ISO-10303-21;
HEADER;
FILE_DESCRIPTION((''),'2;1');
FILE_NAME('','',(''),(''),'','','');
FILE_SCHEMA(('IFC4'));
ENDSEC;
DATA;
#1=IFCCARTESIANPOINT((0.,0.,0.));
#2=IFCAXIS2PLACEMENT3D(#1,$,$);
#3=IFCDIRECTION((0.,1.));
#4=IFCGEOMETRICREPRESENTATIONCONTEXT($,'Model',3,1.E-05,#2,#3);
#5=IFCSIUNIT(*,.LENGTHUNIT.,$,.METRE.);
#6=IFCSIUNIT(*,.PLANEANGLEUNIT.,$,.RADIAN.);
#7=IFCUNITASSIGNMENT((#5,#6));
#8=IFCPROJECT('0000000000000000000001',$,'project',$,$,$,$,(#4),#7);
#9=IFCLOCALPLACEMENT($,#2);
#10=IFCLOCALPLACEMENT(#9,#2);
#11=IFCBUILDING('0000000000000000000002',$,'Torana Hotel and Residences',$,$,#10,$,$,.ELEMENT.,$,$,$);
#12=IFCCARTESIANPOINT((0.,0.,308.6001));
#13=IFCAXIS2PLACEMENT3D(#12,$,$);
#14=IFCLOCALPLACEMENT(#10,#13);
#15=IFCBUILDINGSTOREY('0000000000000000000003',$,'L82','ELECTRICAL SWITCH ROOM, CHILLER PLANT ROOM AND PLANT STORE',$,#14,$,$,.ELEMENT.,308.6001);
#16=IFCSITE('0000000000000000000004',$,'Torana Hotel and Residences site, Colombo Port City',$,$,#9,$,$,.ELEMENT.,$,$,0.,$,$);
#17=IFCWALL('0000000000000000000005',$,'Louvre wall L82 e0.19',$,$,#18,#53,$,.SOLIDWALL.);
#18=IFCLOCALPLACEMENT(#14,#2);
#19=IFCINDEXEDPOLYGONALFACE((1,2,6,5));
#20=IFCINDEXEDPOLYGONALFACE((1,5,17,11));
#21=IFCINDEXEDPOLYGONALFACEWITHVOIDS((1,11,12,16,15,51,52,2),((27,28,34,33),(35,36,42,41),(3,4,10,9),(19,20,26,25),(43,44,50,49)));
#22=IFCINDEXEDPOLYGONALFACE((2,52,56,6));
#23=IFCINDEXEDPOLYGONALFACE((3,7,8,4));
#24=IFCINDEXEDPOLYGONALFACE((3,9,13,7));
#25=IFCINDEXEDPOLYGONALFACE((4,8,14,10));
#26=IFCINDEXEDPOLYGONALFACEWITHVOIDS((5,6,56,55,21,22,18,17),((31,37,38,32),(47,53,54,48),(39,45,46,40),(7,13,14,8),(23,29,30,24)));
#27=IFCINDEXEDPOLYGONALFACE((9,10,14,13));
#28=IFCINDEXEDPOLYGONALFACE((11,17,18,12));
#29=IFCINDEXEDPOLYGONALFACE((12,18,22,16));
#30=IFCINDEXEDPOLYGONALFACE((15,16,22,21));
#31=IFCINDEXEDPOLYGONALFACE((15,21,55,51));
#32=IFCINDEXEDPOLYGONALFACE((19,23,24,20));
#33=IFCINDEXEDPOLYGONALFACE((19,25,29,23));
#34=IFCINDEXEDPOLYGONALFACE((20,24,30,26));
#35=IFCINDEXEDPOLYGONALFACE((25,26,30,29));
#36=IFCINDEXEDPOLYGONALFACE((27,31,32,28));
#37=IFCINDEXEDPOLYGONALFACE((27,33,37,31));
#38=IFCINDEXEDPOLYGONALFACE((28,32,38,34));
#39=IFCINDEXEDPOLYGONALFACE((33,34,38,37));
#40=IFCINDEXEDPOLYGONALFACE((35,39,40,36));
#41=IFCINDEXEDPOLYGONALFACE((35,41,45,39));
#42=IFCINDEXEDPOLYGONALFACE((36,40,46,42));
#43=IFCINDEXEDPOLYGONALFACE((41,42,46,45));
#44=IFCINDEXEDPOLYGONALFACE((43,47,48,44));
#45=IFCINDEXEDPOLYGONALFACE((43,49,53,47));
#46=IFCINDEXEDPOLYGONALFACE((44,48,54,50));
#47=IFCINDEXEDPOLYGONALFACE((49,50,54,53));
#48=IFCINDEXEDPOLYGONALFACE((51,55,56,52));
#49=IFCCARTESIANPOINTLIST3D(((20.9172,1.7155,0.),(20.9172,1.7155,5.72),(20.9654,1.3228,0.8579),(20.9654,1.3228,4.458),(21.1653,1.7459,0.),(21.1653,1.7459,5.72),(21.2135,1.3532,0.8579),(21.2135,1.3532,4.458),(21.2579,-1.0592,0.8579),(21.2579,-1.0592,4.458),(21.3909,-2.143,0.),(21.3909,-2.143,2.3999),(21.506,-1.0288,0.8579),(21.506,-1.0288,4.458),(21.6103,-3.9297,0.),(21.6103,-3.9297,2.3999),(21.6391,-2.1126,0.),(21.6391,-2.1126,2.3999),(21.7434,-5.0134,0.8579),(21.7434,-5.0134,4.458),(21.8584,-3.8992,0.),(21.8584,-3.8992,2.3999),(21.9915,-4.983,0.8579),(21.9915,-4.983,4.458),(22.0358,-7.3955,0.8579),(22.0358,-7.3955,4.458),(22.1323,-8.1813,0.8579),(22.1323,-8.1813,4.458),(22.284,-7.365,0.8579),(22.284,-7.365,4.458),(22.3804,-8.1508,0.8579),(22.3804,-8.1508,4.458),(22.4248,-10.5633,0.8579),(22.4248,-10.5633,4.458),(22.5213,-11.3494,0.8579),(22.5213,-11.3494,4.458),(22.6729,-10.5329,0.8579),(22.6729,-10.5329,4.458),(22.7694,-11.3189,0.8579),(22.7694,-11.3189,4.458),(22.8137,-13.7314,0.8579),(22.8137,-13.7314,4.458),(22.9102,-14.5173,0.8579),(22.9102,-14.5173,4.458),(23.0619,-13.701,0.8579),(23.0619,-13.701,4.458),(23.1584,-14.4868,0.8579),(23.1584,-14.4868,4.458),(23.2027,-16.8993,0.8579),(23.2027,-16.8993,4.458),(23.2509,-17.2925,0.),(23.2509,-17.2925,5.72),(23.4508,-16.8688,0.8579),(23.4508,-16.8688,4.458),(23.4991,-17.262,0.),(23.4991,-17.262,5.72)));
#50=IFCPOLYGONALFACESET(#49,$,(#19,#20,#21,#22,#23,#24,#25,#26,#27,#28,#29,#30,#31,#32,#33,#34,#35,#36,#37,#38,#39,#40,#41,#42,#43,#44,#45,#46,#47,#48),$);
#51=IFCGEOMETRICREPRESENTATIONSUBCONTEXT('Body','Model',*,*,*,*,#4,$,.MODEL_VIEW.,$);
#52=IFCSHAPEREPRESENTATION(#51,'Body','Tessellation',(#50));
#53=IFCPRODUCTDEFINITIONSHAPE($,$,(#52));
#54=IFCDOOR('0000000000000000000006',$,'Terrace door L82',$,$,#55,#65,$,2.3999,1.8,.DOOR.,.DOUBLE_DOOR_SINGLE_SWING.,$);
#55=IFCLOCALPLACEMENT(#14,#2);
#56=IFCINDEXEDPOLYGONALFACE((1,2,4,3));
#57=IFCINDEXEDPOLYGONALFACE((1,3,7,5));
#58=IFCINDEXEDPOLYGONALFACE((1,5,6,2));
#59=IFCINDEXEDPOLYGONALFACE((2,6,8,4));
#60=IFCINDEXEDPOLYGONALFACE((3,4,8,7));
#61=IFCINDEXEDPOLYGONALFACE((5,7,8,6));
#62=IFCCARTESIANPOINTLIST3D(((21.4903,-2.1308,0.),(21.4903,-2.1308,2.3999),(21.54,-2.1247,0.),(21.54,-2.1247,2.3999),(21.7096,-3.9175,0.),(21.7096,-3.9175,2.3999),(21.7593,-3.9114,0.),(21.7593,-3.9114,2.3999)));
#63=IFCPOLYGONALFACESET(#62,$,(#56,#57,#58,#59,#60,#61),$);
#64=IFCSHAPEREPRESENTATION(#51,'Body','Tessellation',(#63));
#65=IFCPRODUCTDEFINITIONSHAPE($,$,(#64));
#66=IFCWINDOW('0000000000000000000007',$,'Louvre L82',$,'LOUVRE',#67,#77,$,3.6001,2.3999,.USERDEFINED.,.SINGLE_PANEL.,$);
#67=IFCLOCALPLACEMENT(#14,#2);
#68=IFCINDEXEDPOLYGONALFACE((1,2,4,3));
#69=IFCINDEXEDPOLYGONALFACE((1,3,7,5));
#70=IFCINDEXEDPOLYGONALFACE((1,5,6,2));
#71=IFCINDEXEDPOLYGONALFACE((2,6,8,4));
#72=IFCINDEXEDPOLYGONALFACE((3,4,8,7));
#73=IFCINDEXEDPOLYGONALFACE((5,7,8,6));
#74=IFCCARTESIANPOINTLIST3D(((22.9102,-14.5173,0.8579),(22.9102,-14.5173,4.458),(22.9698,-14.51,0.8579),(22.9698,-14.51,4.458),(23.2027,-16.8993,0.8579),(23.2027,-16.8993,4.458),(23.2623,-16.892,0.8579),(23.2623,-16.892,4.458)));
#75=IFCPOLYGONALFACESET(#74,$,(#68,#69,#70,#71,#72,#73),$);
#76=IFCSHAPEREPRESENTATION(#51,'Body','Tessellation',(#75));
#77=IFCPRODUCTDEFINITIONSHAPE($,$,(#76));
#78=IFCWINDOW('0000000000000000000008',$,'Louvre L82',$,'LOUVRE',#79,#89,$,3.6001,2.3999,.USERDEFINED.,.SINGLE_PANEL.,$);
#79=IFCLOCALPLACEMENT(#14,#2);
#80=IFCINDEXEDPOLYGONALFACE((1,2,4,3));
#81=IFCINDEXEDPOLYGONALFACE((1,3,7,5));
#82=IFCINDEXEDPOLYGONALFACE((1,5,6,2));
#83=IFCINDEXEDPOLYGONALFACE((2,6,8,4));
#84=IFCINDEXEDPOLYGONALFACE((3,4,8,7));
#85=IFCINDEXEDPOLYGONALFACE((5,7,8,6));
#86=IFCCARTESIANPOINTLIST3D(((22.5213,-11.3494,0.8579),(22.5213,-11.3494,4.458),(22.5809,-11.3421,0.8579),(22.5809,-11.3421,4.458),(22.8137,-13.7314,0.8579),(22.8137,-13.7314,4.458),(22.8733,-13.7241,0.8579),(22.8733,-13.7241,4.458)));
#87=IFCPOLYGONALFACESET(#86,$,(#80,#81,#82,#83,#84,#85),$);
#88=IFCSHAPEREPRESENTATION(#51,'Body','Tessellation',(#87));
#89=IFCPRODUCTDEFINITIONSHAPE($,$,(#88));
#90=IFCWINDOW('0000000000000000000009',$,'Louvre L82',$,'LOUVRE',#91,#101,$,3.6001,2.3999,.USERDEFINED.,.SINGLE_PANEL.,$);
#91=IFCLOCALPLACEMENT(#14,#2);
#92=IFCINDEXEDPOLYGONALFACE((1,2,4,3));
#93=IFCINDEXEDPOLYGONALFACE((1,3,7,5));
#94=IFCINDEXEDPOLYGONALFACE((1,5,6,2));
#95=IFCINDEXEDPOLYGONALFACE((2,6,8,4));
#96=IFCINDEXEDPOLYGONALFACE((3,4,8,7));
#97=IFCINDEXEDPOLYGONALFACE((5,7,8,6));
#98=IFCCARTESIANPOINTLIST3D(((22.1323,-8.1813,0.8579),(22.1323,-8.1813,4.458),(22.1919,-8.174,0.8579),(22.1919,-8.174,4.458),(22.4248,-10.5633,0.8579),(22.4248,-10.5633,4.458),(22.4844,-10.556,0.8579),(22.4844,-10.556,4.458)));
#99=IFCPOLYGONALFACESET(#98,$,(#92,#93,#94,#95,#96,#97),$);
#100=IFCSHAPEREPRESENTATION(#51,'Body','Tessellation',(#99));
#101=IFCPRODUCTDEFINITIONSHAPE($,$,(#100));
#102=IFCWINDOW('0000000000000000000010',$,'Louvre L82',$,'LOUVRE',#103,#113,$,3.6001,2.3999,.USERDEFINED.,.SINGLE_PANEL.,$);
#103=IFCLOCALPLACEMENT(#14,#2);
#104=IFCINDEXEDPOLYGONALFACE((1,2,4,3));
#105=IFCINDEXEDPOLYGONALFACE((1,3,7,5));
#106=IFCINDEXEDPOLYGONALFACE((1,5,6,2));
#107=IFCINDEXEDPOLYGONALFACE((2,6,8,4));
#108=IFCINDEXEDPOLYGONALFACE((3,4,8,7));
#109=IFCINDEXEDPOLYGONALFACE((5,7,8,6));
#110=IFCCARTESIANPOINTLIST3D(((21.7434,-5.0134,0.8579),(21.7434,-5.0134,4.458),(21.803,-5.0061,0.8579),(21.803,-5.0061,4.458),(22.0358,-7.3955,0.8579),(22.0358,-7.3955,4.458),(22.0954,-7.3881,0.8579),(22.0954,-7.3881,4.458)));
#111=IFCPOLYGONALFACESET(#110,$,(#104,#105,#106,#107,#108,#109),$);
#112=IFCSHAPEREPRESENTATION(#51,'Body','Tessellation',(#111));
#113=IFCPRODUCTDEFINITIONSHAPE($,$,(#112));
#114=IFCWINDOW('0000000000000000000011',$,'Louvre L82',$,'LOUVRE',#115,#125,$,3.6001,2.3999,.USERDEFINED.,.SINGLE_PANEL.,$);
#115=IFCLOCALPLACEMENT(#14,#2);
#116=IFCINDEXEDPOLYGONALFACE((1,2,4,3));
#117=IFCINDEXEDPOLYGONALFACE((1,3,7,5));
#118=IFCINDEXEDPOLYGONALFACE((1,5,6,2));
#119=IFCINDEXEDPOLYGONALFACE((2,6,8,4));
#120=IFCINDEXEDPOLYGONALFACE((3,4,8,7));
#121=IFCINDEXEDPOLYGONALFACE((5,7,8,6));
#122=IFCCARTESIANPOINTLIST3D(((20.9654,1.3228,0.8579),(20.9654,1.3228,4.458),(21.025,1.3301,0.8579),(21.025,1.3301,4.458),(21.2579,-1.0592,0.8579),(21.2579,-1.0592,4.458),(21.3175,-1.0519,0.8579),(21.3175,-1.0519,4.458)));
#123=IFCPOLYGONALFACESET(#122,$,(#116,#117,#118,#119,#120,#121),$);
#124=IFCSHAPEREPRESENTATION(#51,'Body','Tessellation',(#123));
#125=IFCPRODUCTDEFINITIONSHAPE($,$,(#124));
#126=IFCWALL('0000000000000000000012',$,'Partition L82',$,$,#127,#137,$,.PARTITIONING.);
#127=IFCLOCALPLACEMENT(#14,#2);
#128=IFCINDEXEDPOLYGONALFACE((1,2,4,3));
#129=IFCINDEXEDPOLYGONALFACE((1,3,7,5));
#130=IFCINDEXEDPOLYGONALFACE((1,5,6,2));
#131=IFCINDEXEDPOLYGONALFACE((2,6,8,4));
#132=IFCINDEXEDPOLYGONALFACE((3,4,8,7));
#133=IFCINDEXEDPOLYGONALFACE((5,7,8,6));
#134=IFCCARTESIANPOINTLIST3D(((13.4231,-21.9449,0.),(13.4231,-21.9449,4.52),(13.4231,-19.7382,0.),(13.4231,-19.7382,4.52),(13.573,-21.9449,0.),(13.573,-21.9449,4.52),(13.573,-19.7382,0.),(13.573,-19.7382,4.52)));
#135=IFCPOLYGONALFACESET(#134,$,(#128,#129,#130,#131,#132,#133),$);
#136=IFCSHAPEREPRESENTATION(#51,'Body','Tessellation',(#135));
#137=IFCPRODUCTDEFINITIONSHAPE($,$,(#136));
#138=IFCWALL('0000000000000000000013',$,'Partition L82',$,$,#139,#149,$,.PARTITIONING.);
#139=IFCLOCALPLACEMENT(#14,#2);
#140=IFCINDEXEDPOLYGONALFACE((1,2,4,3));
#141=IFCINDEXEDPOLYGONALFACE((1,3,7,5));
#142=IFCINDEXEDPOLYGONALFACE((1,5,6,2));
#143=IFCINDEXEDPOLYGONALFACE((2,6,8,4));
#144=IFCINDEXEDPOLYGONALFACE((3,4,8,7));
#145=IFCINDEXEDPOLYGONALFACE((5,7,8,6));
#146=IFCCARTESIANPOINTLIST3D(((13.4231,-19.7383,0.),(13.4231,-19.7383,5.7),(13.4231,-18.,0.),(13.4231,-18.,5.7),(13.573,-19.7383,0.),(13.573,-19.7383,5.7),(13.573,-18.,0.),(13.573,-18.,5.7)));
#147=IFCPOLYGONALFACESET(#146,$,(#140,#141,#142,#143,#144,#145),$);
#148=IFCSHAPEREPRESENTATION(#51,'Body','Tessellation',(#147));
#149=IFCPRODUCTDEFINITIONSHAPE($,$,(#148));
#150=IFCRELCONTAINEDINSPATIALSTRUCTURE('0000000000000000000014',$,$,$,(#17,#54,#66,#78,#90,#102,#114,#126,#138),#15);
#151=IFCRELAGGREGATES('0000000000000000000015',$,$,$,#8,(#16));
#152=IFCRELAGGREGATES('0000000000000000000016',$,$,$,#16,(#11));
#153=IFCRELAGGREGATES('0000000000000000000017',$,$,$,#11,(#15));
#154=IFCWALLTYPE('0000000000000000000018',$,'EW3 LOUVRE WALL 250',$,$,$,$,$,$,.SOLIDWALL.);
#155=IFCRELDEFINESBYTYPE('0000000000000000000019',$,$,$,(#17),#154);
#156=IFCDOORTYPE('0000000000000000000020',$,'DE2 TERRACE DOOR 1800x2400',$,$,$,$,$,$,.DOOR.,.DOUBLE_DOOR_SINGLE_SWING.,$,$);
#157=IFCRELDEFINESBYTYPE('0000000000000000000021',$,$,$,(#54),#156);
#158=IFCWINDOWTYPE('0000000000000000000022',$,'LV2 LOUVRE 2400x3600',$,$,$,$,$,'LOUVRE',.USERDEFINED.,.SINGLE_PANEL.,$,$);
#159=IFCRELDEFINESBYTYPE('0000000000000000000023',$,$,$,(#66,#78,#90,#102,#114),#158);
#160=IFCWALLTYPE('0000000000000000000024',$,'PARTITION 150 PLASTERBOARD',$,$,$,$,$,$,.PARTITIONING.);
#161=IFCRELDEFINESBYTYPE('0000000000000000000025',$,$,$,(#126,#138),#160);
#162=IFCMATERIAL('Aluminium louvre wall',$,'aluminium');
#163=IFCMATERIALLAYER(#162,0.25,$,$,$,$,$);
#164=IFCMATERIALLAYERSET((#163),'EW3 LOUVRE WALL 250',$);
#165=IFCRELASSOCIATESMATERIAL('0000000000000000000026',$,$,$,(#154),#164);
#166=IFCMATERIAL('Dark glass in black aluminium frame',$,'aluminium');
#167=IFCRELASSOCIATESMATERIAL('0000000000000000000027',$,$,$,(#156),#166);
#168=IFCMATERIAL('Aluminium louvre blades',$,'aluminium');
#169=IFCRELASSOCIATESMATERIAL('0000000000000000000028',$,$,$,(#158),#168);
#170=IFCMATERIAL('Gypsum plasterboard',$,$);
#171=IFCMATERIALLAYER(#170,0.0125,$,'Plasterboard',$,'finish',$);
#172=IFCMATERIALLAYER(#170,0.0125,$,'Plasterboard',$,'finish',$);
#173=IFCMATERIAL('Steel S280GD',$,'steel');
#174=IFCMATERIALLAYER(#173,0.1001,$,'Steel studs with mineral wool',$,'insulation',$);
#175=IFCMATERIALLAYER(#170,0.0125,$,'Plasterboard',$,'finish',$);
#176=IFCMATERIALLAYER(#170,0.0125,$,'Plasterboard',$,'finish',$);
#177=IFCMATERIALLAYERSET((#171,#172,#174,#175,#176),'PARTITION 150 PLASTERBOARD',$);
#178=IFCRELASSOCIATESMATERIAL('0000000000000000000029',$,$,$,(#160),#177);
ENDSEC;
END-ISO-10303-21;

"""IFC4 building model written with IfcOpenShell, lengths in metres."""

from ifc_helpers import new_model, si_unit, direction, frame, frame_2d, origin, place, context, subcontext, project, spatial, rectangle, extrude, material, layer, layer_set, type_object, element, fill, save


model = new_model("IFC4")

# Units and contexts
model_context = context("Model", 3, precision=1e-05, world=origin(), true_north=direction((0.0, 1.0)))
body_context = subcontext(model_context, "Body", "Model", "MODEL_VIEW")
ifc_project = project(units=[si_unit("LENGTHUNIT", "METRE"), si_unit("PLANEANGLEUNIT", "RADIAN")], contexts=[model_context])

# Site, building, storey
site_placement = place(None, origin())
site = spatial("IfcSite", under=ifc_project, at=site_placement, Name="Torana Hotel and Residences site, Colombo Port City", CompositionType="ELEMENT", RefElevation=0.0)
building_placement = place(site_placement, origin())
building = spatial("IfcBuilding", under=site, at=building_placement, Name="Torana Hotel and Residences", CompositionType="ELEMENT")
storey_placement = place(building_placement, frame((0.0, 0.0, 308.6001)))
storey = spatial("IfcBuildingStorey", under=building, at=storey_placement, Name="L82", Description="ELECTRICAL SWITCH ROOM, CHILLER PLANT ROOM AND PLANT STORE", CompositionType="ELEMENT", Elevation=308.6001)

# Shared definitions
ifc_material_1 = material(Name="Aluminium louvre wall", Category="aluminium")
ifc_layer_1 = layer(ifc_material_1, 0.25)
ifc_layer_set_1 = layer_set([ifc_layer_1], Name="EW3 LOUVRE WALL 250")
wall_type_1 = type_object("IfcWallType", Name="EW3 LOUVRE WALL 250", PredefinedType="SOLIDWALL", material=ifc_layer_set_1)

# Wall, openings, door, windows
wall_1_placement = place(storey_placement, frame((23.375, -17.2771, 0.0), z_axis=(0.0, 0.0, 1.0), x_axis=(-0.121863, 0.992547, 0.0)))
wall_1 = element("IfcWall", 1, at=wall_1_placement, inside=storey, type_object=wall_type_1, Name="Louvre wall L82 e0.19", PredefinedType="SOLIDWALL", context=body_context, shape_type="SweptSolid", body=[
    extrude(rectangle(XDim=19.1506, YDim=0.25, at=frame_2d((9.5752, 0.0))), origin(), (0.0, 0.0, 1.0), 5.72),
])
opening_1_placement = place(wall_1_placement, frame((0.396, 0.0, 0.8579)))
opening_1 = element("IfcOpeningElement", 2, at=opening_1_placement, cuts=wall_1, PredefinedType="OPENING", context=body_context, shape_type="SweptSolid", body=[
    extrude(rectangle(XDim=2.3999, YDim=3.6001, at=frame_2d((1.2, 1.8))), frame((0.0, 0.135, 0.0), z_axis=(0.0, -1.0, 0.0), x_axis=(1.0, 0.0, 0.0)), (0.0, 0.0, 1.0), 0.27),
])
opening_2_placement = place(wall_1_placement, frame((3.5876, 0.0, 0.8579)))
opening_2 = element("IfcOpeningElement", 3, at=opening_2_placement, cuts=wall_1, PredefinedType="OPENING", context=body_context, shape_type="SweptSolid", body=[
    extrude(rectangle(XDim=2.3999, YDim=3.6001, at=frame_2d((1.2, 1.8))), frame((0.0, 0.135, 0.0), z_axis=(0.0, -1.0, 0.0), x_axis=(1.0, 0.0, 0.0)), (0.0, 0.0, 1.0), 0.27),
])
opening_3_placement = place(wall_1_placement, frame((6.7795, 0.0, 0.8579)))
opening_3 = element("IfcOpeningElement", 4, at=opening_3_placement, cuts=wall_1, PredefinedType="OPENING", context=body_context, shape_type="SweptSolid", body=[
    extrude(rectangle(XDim=2.3999, YDim=3.6001, at=frame_2d((1.2, 1.8))), frame((0.0, 0.135, 0.0), z_axis=(0.0, -1.0, 0.0), x_axis=(1.0, 0.0, 0.0)), (0.0, 0.0, 1.0), 0.27),
])
opening_4_placement = place(wall_1_placement, frame((9.9712, 0.0, 0.8579)))
opening_4 = element("IfcOpeningElement", 5, at=opening_4_placement, cuts=wall_1, PredefinedType="OPENING", context=body_context, shape_type="SweptSolid", body=[
    extrude(rectangle(XDim=2.3999, YDim=3.6001, at=frame_2d((1.2, 1.8))), frame((0.0, 0.135, 0.0), z_axis=(0.0, -1.0, 0.0), x_axis=(1.0, 0.0, 0.0)), (0.0, 0.0, 1.0), 0.27),
])
opening_5_placement = place(wall_1_placement, frame((13.4631, 0.0, 0.0)))
opening_5 = element("IfcOpeningElement", 6, at=opening_5_placement, cuts=wall_1, PredefinedType="OPENING", context=body_context, shape_type="SweptSolid", body=[
    extrude(rectangle(XDim=1.8, YDim=2.3999, at=frame_2d((0.8999, 1.2))), frame((0.0, 0.135, 0.0), z_axis=(0.0, -1.0, 0.0), x_axis=(1.0, 0.0, 0.0)), (0.0, 0.0, 1.0), 0.27),
])
opening_6_placement = place(wall_1_placement, frame((16.355, 0.0, 0.8579)))
opening_6 = element("IfcOpeningElement", 7, at=opening_6_placement, cuts=wall_1, PredefinedType="OPENING", context=body_context, shape_type="SweptSolid", body=[
    extrude(rectangle(XDim=2.3999, YDim=3.6001, at=frame_2d((1.2, 1.8))), frame((0.0, 0.135, 0.0), z_axis=(0.0, -1.0, 0.0), x_axis=(1.0, 0.0, 0.0)), (0.0, 0.0, 1.0), 0.27),
])
ifc_material_2 = material(Name="Dark glass in black aluminium frame", Category="aluminium")
door_type = type_object("IfcDoorType", Name="DE2 TERRACE DOOR 1800x2400", OperationType="DOUBLE_DOOR_SINGLE_SWING", PredefinedType="DOOR", material=ifc_material_2)
door_placement = place(opening_5_placement, origin())
door = element("IfcDoor", 8, at=door_placement, inside=storey, type_object=door_type, Name="Terrace door L82", OperationType="DOUBLE_DOOR_SINGLE_SWING", OverallHeight=2.3999, OverallWidth=1.8, PredefinedType="DOOR", context=body_context, shape_type="SweptSolid", body=[
    extrude(rectangle(XDim=1.8, YDim=2.3999, at=frame_2d((0.8999, 1.2))), frame((0.0, 0.0249, 0.0), z_axis=(0.0, -1.0, 0.0), x_axis=(1.0, 0.0, 0.0)), (0.0, 0.0, 1.0), 0.05),
])
fill(opening_5, door)
ifc_material_3 = material(Name="Aluminium louvre blades", Category="aluminium")
window_type = type_object("IfcWindowType", Name="LV2 LOUVRE 2400x3600", ElementType="LOUVRE", PartitioningType="SINGLE_PANEL", PredefinedType="USERDEFINED", material=ifc_material_3)
window_1_placement = place(opening_1_placement, origin())
window_1 = element("IfcWindow", 9, at=window_1_placement, inside=storey, type_object=window_type, Name="Louvre L82", ObjectType="LOUVRE", OverallHeight=3.6001, OverallWidth=2.3999, PartitioningType="SINGLE_PANEL", PredefinedType="USERDEFINED", context=body_context, shape_type="SweptSolid", body=[
    extrude(rectangle(XDim=2.3999, YDim=3.6001, at=frame_2d((1.2, 1.8))), frame((0.0, 0.125, 0.0), z_axis=(0.0, -1.0, 0.0), x_axis=(1.0, 0.0, 0.0)), (0.0, 0.0, 1.0), 0.0601),
])
fill(opening_1, window_1)
window_2_placement = place(opening_2_placement, origin())
window_2 = element("IfcWindow", 10, at=window_2_placement, inside=storey, type_object=window_type, Name="Louvre L82", ObjectType="LOUVRE", OverallHeight=3.6001, OverallWidth=2.3999, PartitioningType="SINGLE_PANEL", PredefinedType="USERDEFINED", context=body_context, shape_type="SweptSolid", body=[
    extrude(rectangle(XDim=2.3999, YDim=3.6001, at=frame_2d((1.2, 1.8))), frame((0.0, 0.125, 0.0), z_axis=(0.0, -1.0, 0.0), x_axis=(1.0, 0.0, 0.0)), (0.0, 0.0, 1.0), 0.0601),
])
fill(opening_2, window_2)
window_3_placement = place(opening_3_placement, origin())
window_3 = element("IfcWindow", 11, at=window_3_placement, inside=storey, type_object=window_type, Name="Louvre L82", ObjectType="LOUVRE", OverallHeight=3.6001, OverallWidth=2.3999, PartitioningType="SINGLE_PANEL", PredefinedType="USERDEFINED", context=body_context, shape_type="SweptSolid", body=[
    extrude(rectangle(XDim=2.3999, YDim=3.6001, at=frame_2d((1.2, 1.8))), frame((0.0, 0.125, 0.0), z_axis=(0.0, -1.0, 0.0), x_axis=(1.0, 0.0, 0.0)), (0.0, 0.0, 1.0), 0.0601),
])
fill(opening_3, window_3)
window_4_placement = place(opening_4_placement, origin())
window_4 = element("IfcWindow", 12, at=window_4_placement, inside=storey, type_object=window_type, Name="Louvre L82", ObjectType="LOUVRE", OverallHeight=3.6001, OverallWidth=2.3999, PartitioningType="SINGLE_PANEL", PredefinedType="USERDEFINED", context=body_context, shape_type="SweptSolid", body=[
    extrude(rectangle(XDim=2.3999, YDim=3.6001, at=frame_2d((1.2, 1.8))), frame((0.0, 0.125, 0.0), z_axis=(0.0, -1.0, 0.0), x_axis=(1.0, 0.0, 0.0)), (0.0, 0.0, 1.0), 0.0601),
])
fill(opening_4, window_4)
window_5_placement = place(opening_6_placement, origin())
window_5 = element("IfcWindow", 13, at=window_5_placement, inside=storey, type_object=window_type, Name="Louvre L82", ObjectType="LOUVRE", OverallHeight=3.6001, OverallWidth=2.3999, PartitioningType="SINGLE_PANEL", PredefinedType="USERDEFINED", context=body_context, shape_type="SweptSolid", body=[
    extrude(rectangle(XDim=2.3999, YDim=3.6001, at=frame_2d((1.2, 1.8))), frame((0.0, 0.125, 0.0), z_axis=(0.0, -1.0, 0.0), x_axis=(1.0, 0.0, 0.0)), (0.0, 0.0, 1.0), 0.0601),
])
fill(opening_6, window_5)

# Walls
ifc_material_4 = material(Name="Gypsum plasterboard")
ifc_layer_2 = layer(ifc_material_4, 0.0125, Name="Plasterboard", Category="finish")
ifc_layer_3 = layer(ifc_material_4, 0.0125, Name="Plasterboard", Category="finish")
ifc_material_5 = material(Name="Steel S280GD", Category="steel")
ifc_layer_4 = layer(ifc_material_5, 0.1001, Name="Steel studs with mineral wool", Category="insulation")
ifc_layer_5 = layer(ifc_material_4, 0.0125, Name="Plasterboard", Category="finish")
ifc_layer_6 = layer(ifc_material_4, 0.0125, Name="Plasterboard", Category="finish")
ifc_layer_set_2 = layer_set([ifc_layer_2, ifc_layer_3, ifc_layer_4, ifc_layer_5, ifc_layer_6], Name="PARTITION 150 PLASTERBOARD")
wall_type_2 = type_object("IfcWallType", Name="PARTITION 150 PLASTERBOARD", PredefinedType="PARTITIONING", material=ifc_layer_set_2)
wall_2_placement = place(storey_placement, frame((13.498, -21.9451, 0.0), z_axis=(0.0, 0.0, 1.0), x_axis=(0.0, 1.0, 0.0)))
element("IfcWall", 14, at=wall_2_placement, inside=storey, type_object=wall_type_2, Name="Partition L82", PredefinedType="PARTITIONING", context=body_context, shape_type="SweptSolid", body=[
    extrude(rectangle(XDim=2.2068, YDim=0.1499, at=frame_2d((1.1035, 0.0))), origin(), (0.0, 0.0, 1.0), 4.52),
])
wall_3_placement = place(storey_placement, frame((13.498, -19.7383, 0.0), z_axis=(0.0, 0.0, 1.0), x_axis=(0.0, 1.0, 0.0)))
element("IfcWall", 15, at=wall_3_placement, inside=storey, type_object=wall_type_2, Name="Partition L82", PredefinedType="PARTITIONING", context=body_context, shape_type="SweptSolid", body=[
    extrude(rectangle(XDim=1.7383, YDim=0.1499, at=frame_2d((0.8691, 0.0))), origin(), (0.0, 0.0, 1.0), 5.7),
])

save(model, "model.ifc")
